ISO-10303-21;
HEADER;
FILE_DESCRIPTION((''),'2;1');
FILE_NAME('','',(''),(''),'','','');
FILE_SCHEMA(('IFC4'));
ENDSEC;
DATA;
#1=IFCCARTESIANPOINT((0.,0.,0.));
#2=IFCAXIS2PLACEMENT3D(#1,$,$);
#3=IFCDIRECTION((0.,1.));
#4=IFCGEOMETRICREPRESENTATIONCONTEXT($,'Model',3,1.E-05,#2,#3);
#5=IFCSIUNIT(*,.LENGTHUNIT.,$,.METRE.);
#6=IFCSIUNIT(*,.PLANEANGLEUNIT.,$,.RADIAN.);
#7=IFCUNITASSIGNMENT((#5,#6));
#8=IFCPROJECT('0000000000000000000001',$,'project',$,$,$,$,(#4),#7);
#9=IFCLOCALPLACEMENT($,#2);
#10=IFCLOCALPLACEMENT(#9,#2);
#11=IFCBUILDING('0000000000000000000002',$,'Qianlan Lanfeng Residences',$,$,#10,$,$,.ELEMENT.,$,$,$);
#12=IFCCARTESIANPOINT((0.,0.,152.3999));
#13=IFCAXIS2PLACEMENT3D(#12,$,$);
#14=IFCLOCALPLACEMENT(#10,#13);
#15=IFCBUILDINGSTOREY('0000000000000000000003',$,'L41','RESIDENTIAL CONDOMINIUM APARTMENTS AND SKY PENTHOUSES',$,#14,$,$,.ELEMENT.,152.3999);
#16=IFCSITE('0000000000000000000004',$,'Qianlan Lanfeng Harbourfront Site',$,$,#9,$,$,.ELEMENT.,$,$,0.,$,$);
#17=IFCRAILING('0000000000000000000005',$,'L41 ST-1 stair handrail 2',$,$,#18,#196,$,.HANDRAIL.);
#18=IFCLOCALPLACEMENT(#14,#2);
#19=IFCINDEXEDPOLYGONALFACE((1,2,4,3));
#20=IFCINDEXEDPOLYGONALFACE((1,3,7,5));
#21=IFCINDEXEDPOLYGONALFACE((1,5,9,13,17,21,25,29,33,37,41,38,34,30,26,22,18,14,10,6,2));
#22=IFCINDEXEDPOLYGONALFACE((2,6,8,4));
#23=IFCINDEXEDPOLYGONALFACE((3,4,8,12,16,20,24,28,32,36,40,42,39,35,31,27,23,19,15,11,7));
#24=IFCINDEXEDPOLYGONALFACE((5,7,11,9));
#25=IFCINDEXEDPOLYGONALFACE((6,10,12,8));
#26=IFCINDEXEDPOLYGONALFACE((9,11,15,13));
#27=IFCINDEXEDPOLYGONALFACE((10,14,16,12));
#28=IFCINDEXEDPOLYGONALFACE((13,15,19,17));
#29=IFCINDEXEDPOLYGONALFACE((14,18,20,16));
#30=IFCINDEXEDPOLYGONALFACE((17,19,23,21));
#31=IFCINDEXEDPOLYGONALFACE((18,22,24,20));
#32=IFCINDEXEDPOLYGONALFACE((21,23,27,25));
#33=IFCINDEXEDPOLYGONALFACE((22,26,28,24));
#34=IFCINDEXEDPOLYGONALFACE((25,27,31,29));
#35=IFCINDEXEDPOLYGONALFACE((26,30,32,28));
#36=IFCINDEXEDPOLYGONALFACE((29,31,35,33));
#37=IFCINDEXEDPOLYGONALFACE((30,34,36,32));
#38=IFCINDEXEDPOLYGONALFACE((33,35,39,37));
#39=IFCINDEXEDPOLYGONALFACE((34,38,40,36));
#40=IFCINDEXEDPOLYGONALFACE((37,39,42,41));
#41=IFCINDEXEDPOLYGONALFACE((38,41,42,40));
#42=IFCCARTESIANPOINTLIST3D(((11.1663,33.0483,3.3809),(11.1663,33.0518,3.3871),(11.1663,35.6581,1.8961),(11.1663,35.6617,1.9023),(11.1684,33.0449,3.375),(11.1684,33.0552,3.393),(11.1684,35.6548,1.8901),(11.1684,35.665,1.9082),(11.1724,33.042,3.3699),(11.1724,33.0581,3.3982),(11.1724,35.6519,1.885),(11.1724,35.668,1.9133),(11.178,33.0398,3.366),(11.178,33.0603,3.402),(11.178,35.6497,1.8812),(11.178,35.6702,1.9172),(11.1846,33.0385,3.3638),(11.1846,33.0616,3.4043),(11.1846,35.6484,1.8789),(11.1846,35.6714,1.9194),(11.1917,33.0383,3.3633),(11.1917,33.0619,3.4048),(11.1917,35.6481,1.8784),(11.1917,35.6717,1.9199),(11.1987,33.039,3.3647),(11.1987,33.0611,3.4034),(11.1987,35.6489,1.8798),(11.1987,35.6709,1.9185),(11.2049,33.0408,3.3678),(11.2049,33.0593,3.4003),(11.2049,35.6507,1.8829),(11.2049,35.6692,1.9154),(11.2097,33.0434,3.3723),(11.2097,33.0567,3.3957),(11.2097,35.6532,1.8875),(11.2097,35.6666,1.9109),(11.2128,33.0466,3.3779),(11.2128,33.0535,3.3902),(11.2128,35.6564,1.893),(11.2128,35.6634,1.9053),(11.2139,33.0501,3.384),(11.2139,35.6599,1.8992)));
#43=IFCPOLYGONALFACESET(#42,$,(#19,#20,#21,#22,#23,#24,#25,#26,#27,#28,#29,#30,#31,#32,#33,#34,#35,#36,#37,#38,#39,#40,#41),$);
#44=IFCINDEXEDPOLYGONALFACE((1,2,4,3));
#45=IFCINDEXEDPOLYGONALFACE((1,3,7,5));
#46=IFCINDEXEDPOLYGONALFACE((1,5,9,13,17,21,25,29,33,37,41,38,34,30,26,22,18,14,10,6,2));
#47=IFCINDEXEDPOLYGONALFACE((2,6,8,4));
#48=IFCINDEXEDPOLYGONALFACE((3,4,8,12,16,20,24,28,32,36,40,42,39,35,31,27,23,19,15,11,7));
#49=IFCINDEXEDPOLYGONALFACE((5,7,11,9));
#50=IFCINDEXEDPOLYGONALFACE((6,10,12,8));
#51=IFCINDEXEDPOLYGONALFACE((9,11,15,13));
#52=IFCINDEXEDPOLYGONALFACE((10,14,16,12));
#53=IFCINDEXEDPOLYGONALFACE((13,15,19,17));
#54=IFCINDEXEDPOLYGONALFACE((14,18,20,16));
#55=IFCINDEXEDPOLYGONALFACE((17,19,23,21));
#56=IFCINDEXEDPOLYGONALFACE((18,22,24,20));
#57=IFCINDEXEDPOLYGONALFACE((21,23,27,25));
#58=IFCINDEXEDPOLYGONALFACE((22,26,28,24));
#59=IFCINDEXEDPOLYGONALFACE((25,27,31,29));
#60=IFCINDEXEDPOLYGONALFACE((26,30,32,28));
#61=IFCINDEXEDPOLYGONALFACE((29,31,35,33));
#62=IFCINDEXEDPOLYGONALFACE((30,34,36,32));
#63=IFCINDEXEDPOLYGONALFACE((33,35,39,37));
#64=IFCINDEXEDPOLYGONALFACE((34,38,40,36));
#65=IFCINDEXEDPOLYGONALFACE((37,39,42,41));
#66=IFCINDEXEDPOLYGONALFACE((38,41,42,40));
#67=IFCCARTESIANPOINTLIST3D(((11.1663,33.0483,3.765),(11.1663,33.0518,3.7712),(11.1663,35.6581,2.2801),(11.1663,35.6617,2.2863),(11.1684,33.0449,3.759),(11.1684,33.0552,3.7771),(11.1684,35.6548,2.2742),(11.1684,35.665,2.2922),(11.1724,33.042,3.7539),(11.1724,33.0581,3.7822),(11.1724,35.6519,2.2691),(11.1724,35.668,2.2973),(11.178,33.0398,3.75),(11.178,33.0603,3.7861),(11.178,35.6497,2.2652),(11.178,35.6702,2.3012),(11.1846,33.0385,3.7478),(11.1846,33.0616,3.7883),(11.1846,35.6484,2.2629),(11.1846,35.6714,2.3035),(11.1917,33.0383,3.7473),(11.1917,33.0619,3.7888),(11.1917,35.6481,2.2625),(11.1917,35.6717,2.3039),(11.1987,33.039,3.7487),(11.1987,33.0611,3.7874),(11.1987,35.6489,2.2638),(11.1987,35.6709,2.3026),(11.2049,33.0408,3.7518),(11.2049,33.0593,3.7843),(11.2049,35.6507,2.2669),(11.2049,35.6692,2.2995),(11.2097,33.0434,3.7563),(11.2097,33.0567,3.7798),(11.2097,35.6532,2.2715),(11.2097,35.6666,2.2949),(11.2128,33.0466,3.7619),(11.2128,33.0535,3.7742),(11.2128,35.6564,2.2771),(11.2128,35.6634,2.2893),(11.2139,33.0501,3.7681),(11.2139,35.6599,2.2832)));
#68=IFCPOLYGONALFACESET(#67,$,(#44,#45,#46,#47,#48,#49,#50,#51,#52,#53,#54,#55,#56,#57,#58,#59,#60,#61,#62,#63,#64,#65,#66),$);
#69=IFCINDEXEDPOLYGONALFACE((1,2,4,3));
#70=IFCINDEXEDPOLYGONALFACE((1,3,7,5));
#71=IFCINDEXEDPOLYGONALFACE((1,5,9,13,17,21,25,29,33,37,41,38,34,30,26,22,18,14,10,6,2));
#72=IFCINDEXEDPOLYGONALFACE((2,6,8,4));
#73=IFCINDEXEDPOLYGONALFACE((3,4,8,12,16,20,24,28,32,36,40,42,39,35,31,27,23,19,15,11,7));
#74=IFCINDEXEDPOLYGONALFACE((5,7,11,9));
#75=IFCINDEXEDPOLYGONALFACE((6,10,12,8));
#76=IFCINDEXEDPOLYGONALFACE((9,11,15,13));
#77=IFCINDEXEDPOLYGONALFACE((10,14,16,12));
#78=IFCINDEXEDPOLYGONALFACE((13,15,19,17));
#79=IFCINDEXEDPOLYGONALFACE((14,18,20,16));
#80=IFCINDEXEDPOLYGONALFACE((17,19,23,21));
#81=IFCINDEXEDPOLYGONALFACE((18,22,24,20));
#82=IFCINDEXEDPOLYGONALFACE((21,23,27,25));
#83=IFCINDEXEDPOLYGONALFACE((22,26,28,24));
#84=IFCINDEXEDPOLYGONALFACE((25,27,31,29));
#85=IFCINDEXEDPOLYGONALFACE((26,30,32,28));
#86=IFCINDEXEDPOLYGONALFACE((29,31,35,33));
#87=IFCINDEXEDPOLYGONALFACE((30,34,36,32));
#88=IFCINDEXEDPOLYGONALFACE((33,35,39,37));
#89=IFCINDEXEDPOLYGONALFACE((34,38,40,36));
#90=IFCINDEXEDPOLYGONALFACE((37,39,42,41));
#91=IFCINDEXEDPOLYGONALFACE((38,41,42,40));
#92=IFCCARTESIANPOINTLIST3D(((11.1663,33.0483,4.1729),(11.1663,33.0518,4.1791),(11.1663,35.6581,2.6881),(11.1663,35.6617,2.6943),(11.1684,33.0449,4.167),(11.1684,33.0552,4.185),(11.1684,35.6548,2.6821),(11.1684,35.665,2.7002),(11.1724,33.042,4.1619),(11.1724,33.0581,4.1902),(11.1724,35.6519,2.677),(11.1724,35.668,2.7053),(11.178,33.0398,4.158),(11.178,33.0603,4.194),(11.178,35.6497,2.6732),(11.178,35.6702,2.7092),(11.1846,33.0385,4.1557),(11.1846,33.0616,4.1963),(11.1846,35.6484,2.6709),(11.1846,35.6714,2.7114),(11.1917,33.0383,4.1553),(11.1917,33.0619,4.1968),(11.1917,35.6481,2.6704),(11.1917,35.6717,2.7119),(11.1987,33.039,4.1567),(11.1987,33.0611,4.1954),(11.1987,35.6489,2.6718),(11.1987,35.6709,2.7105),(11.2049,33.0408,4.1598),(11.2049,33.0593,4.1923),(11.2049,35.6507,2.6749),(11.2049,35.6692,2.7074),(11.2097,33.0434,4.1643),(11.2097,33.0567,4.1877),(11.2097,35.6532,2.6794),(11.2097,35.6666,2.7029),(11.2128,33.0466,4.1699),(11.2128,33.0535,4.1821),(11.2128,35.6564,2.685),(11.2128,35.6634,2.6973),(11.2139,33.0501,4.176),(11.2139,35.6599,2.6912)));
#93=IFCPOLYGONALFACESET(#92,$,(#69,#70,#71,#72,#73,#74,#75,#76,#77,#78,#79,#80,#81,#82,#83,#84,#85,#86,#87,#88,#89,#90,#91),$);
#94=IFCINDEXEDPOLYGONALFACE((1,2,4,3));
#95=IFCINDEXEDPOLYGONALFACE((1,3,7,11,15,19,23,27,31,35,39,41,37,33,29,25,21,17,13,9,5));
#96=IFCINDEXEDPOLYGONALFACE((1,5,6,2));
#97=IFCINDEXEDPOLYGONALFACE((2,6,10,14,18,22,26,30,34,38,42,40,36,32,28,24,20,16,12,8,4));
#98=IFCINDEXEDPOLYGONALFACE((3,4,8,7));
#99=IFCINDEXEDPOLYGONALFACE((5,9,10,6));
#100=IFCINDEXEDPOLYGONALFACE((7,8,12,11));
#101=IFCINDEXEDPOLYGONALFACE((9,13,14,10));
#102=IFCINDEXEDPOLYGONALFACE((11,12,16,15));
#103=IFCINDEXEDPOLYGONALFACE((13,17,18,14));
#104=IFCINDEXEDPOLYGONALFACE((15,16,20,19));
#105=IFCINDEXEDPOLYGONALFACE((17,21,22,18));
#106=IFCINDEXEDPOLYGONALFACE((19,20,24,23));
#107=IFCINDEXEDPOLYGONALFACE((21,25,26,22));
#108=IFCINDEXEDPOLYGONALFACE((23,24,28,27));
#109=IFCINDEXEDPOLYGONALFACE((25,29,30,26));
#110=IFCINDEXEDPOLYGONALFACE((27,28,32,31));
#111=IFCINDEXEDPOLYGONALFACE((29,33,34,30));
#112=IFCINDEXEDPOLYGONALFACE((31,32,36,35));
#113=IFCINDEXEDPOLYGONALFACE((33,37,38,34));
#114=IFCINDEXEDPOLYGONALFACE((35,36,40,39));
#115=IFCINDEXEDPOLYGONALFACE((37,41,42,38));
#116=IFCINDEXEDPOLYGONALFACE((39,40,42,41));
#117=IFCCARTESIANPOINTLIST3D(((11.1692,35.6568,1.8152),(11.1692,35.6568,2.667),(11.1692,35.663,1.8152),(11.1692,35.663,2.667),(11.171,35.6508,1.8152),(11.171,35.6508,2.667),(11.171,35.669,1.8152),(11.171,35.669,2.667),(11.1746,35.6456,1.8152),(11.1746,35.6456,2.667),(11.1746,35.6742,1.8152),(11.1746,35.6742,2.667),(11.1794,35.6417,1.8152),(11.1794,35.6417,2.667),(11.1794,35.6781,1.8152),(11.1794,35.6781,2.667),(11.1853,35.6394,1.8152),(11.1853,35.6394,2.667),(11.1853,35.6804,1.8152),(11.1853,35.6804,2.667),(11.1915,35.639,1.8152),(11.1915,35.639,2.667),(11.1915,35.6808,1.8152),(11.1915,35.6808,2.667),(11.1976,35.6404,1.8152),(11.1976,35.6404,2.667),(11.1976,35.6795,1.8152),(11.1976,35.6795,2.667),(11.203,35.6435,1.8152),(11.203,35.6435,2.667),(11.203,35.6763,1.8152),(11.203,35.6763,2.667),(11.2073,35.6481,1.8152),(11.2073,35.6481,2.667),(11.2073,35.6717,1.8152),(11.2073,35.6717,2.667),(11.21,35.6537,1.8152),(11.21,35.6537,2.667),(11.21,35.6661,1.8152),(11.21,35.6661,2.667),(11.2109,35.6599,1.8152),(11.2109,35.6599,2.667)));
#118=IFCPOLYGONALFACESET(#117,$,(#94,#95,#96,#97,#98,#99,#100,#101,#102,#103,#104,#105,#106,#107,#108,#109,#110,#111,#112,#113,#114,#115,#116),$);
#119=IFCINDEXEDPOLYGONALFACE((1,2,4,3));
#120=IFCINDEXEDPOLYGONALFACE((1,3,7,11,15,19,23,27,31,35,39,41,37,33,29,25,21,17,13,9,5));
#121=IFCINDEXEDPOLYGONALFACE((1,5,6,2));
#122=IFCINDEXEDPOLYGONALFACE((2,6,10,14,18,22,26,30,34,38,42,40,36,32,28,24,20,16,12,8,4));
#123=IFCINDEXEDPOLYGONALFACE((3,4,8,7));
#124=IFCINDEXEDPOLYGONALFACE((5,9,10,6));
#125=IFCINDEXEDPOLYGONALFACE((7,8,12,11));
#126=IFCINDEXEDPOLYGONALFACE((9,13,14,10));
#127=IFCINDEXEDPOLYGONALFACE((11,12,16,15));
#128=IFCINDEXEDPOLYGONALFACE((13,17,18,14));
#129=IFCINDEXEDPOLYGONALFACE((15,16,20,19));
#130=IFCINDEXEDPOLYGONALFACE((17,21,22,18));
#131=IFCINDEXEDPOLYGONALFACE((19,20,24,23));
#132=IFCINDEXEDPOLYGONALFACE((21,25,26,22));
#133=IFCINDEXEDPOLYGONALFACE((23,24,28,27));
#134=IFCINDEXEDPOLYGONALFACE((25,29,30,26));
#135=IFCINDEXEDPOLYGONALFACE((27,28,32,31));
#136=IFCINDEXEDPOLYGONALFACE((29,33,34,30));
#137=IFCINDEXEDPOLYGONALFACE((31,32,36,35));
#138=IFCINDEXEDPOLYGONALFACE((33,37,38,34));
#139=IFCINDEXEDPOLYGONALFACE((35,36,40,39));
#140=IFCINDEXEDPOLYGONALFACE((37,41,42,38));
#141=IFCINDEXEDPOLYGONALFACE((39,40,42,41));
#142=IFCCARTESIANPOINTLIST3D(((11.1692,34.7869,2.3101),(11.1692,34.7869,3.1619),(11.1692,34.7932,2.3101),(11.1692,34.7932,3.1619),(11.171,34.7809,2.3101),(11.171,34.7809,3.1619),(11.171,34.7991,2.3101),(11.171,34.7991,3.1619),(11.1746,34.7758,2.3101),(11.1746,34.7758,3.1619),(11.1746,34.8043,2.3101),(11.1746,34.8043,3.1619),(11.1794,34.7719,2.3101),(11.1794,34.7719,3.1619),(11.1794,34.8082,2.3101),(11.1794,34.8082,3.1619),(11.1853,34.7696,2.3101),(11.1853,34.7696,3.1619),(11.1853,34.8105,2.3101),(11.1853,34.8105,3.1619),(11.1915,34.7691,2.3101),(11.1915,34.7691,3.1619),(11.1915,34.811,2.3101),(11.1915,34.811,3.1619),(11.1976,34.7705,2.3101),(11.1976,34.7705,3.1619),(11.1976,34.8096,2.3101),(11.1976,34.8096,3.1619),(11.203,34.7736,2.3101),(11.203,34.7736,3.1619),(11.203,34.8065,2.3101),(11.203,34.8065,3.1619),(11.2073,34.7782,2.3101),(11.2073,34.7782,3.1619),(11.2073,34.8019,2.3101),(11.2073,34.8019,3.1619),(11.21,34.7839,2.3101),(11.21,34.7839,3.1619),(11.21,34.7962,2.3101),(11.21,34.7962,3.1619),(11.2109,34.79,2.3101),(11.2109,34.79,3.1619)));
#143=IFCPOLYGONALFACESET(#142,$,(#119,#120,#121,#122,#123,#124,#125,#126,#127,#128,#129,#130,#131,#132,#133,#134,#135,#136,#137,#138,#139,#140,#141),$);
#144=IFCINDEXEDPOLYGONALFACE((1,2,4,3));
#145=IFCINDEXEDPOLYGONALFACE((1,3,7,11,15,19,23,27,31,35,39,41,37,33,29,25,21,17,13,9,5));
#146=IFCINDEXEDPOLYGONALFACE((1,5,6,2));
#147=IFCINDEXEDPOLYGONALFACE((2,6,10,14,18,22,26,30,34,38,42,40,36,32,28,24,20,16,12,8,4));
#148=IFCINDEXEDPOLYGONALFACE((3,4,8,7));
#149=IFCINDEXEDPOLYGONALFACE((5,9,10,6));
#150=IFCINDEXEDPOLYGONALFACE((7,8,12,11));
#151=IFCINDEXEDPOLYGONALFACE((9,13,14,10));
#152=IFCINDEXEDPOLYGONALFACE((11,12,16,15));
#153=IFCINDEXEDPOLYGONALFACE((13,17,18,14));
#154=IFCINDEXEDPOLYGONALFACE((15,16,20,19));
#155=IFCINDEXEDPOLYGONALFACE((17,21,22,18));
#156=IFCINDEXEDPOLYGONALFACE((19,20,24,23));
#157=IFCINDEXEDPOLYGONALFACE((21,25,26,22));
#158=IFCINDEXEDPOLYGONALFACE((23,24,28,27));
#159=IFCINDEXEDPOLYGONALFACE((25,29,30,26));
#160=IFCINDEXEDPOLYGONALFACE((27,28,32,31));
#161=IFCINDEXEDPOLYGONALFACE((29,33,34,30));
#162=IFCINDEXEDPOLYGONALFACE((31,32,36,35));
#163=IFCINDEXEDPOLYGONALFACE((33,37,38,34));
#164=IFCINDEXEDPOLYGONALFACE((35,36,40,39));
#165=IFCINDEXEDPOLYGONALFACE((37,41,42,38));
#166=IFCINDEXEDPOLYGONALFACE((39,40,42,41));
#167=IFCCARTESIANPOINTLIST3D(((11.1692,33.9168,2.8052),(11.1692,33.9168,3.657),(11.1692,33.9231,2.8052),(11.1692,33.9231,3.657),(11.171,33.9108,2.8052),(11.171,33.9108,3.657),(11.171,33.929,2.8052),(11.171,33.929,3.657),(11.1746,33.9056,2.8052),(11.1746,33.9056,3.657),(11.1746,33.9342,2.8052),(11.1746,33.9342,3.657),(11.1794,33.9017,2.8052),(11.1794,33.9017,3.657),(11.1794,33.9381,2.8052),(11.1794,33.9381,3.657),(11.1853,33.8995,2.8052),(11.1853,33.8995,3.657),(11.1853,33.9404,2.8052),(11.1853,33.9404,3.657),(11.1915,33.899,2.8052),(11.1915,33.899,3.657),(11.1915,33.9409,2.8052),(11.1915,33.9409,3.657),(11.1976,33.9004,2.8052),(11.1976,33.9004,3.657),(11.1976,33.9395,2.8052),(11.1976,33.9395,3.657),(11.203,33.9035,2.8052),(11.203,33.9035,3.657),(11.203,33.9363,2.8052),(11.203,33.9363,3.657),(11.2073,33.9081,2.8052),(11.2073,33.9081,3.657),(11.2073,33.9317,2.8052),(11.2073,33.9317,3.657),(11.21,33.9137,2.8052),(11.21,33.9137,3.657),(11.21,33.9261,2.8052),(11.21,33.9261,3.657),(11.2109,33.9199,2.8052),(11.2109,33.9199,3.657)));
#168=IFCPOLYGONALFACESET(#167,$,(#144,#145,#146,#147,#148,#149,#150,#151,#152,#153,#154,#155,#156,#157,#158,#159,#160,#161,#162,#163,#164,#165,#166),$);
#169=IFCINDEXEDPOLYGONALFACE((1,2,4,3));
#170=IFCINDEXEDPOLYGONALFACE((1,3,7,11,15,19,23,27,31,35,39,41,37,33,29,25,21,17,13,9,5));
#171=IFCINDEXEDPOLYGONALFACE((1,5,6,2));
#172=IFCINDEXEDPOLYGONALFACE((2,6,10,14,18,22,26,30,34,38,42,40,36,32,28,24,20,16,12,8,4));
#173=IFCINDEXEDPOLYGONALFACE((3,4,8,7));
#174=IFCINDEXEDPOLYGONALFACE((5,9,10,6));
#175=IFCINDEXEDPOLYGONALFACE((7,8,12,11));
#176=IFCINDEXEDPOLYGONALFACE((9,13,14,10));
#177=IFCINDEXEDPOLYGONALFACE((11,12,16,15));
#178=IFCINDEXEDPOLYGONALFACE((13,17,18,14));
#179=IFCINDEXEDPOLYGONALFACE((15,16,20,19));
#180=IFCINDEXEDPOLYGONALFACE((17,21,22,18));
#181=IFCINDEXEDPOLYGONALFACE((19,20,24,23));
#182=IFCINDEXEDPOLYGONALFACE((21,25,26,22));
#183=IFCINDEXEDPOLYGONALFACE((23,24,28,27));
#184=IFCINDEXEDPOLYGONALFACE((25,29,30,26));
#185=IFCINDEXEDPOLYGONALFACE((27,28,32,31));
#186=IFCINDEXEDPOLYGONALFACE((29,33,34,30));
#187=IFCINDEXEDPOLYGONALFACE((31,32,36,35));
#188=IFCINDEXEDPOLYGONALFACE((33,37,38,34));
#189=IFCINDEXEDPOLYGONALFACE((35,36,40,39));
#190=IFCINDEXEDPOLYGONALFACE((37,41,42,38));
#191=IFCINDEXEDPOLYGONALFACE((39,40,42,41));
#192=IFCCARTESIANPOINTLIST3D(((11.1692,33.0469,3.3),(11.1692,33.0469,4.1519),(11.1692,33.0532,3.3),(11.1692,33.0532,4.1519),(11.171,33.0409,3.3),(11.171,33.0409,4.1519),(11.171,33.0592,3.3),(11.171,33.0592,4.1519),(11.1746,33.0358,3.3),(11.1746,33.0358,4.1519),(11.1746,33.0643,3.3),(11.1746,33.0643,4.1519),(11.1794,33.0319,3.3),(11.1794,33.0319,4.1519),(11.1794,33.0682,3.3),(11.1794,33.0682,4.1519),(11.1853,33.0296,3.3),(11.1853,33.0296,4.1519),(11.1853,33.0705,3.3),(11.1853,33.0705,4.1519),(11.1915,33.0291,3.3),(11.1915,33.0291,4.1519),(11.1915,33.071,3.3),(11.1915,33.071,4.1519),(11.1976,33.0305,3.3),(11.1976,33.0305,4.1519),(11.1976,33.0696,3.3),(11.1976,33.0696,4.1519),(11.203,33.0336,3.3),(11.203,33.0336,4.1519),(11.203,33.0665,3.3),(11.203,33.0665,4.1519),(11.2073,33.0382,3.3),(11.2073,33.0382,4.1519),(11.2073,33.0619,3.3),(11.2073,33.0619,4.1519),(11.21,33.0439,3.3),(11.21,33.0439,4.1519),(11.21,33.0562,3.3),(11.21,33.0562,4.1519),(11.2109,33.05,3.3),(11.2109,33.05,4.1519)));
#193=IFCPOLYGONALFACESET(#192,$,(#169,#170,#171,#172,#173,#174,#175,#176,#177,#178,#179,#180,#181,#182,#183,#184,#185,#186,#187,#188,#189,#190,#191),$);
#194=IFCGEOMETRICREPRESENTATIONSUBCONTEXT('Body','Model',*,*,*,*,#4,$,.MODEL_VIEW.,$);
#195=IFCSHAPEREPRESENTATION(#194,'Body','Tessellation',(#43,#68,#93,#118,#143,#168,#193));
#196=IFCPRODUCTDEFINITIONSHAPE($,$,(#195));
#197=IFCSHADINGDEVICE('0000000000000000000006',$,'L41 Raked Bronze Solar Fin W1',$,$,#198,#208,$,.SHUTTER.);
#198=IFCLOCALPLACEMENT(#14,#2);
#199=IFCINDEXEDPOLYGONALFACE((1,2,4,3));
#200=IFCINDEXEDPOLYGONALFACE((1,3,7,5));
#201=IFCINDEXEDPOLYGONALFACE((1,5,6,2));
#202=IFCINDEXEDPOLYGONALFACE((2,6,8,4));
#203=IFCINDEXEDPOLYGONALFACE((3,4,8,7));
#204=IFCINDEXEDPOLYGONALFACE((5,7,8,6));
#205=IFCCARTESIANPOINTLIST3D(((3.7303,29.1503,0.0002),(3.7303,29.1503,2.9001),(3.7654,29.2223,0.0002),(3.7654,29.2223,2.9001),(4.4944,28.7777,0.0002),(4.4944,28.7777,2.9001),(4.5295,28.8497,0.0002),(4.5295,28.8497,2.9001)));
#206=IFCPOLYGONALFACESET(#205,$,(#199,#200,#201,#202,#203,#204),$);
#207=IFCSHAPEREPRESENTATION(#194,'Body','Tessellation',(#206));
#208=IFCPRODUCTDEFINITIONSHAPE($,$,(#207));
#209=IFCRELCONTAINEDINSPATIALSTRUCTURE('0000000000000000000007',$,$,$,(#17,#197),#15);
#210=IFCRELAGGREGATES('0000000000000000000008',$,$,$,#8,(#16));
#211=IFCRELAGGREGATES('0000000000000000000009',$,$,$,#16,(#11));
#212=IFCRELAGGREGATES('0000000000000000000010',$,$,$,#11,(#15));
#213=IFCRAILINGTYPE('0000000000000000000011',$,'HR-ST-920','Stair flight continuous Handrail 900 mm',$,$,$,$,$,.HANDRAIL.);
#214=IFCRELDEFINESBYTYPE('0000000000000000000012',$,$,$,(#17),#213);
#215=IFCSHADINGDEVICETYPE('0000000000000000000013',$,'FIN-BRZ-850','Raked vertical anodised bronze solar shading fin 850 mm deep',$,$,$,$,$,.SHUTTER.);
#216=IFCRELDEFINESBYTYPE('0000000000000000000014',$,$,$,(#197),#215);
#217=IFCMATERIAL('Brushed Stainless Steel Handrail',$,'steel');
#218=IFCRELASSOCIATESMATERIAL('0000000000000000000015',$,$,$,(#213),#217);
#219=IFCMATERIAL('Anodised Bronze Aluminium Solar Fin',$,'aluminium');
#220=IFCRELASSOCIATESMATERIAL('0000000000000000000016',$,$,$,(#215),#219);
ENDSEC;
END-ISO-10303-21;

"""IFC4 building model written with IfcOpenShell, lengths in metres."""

from ifc_helpers import new_model, si_unit, direction, frame, origin, origin_2d, place, context, subcontext, project, spatial, rectangle, circle, extrude, source, transform, mapped, material, type_object, element, save


model = new_model("IFC4")

# Units and contexts
model_context = context("Model", 3, precision=1e-05, world=origin(), true_north=direction((0.0, 1.0)))
body_context = subcontext(model_context, "Body", "Model", "MODEL_VIEW")
ifc_project = project(units=[si_unit("LENGTHUNIT", "METRE"), si_unit("PLANEANGLEUNIT", "RADIAN")], contexts=[model_context])

# Site, building, storey
site_placement = place(None, origin())
site = spatial("IfcSite", under=ifc_project, at=site_placement, Name="Qianlan Lanfeng Harbourfront Site", CompositionType="ELEMENT", RefElevation=0.0)
building_placement = place(site_placement, origin())
building = spatial("IfcBuilding", under=site, at=building_placement, Name="Qianlan Lanfeng Residences", CompositionType="ELEMENT")
storey_placement = place(building_placement, frame((0.0, 0.0, 152.3999)))
storey = spatial("IfcBuildingStorey", under=building, at=storey_placement, Name="L41", Description="RESIDENTIAL CONDOMINIUM APARTMENTS AND SKY PENTHOUSES", CompositionType="ELEMENT", Elevation=152.3999)

# Railing
ifc_material_1 = material(Name="Brushed Stainless Steel Handrail", Category="steel")
railing_type = type_object("IfcRailingType", Name="HR-ST-920", Description="Stair flight continuous Handrail 900 mm", PredefinedType="HANDRAIL", material=ifc_material_1)
railing_placement = place(storey_placement, frame((11.1899, 35.6599, 1.8152)))
element("IfcRailing", 1, at=railing_placement, inside=storey, type_object=railing_type, Name="L41 ST-1 stair handrail 2", PredefinedType="HANDRAIL", context=body_context, shape_type="SweptSolid", body=[
    extrude(circle(Radius=0.0239, at=origin_2d()), frame((0.0, 0.0, 0.084), z_axis=(0.0, -0.869172, 0.494509), x_axis=(1.0, 0.0, 0.0)), (0.0, 0.0, 1.0), 3.0027),
    extrude(circle(Radius=0.0239, at=origin_2d()), frame((0.0, 0.0, 0.468), z_axis=(0.0, -0.869172, 0.494509), x_axis=(1.0, 0.0, 0.0)), (0.0, 0.0, 1.0), 3.0027),
    extrude(circle(Radius=0.0239, at=origin_2d()), frame((0.0, 0.0, 0.876), z_axis=(0.0, -0.869172, 0.494509), x_axis=(1.0, 0.0, 0.0)), (0.0, 0.0, 1.0), 3.0027),
    extrude(circle(Radius=0.021, at=origin_2d()), origin(), (0.0, 0.0, 1.0), 0.8518),
    extrude(circle(Radius=0.021, at=origin_2d()), frame((0.0, -0.8699, 0.4949)), (0.0, 0.0, 1.0), 0.8518),
    extrude(circle(Radius=0.021, at=origin_2d()), frame((0.0, -1.74, 0.99)), (0.0, 0.0, 1.0), 0.8518),
    extrude(circle(Radius=0.021, at=origin_2d()), frame((0.0, -2.6099, 1.4849)), (0.0, 0.0, 1.0), 0.8518),
])

# Shading device
ifc_material_2 = material(Name="Anodised Bronze Aluminium Solar Fin", Category="aluminium")
shading_device_type = type_object("IfcShadingDeviceType", Name="FIN-BRZ-850", Description="Raked vertical anodised bronze solar shading fin 850 mm deep", PredefinedType="SHUTTER", material=ifc_material_2)
shared_shape_1 = source(origin(), body_context, "Body", "SweptSolid", [
    extrude(rectangle(XDim=0.8501, YDim=0.0801, at=origin_2d()), origin(), (0.0, 0.0, 1.0), 2.8999),
])
for number, where, z_axis, x_axis, name in (
    (2, (4.1299, 29.0, 0.0002), (0.0, 0.0, 1.0), (0.898794, -0.438371, 0.0), "L41 Raked Bronze Solar Fin W1"),
):
    element("IfcShadingDevice", number, at=place(storey_placement, frame(where, z_axis=z_axis, x_axis=x_axis)), inside=storey, type_object=shading_device_type, Name=name, PredefinedType="SHUTTER", context=body_context, shape_type="MappedRepresentation", body=[
        mapped(shared_shape_1, transform((0.0, 0.0, 0.0), scale=1.0)),
    ])

save(model, "model.ifc")
